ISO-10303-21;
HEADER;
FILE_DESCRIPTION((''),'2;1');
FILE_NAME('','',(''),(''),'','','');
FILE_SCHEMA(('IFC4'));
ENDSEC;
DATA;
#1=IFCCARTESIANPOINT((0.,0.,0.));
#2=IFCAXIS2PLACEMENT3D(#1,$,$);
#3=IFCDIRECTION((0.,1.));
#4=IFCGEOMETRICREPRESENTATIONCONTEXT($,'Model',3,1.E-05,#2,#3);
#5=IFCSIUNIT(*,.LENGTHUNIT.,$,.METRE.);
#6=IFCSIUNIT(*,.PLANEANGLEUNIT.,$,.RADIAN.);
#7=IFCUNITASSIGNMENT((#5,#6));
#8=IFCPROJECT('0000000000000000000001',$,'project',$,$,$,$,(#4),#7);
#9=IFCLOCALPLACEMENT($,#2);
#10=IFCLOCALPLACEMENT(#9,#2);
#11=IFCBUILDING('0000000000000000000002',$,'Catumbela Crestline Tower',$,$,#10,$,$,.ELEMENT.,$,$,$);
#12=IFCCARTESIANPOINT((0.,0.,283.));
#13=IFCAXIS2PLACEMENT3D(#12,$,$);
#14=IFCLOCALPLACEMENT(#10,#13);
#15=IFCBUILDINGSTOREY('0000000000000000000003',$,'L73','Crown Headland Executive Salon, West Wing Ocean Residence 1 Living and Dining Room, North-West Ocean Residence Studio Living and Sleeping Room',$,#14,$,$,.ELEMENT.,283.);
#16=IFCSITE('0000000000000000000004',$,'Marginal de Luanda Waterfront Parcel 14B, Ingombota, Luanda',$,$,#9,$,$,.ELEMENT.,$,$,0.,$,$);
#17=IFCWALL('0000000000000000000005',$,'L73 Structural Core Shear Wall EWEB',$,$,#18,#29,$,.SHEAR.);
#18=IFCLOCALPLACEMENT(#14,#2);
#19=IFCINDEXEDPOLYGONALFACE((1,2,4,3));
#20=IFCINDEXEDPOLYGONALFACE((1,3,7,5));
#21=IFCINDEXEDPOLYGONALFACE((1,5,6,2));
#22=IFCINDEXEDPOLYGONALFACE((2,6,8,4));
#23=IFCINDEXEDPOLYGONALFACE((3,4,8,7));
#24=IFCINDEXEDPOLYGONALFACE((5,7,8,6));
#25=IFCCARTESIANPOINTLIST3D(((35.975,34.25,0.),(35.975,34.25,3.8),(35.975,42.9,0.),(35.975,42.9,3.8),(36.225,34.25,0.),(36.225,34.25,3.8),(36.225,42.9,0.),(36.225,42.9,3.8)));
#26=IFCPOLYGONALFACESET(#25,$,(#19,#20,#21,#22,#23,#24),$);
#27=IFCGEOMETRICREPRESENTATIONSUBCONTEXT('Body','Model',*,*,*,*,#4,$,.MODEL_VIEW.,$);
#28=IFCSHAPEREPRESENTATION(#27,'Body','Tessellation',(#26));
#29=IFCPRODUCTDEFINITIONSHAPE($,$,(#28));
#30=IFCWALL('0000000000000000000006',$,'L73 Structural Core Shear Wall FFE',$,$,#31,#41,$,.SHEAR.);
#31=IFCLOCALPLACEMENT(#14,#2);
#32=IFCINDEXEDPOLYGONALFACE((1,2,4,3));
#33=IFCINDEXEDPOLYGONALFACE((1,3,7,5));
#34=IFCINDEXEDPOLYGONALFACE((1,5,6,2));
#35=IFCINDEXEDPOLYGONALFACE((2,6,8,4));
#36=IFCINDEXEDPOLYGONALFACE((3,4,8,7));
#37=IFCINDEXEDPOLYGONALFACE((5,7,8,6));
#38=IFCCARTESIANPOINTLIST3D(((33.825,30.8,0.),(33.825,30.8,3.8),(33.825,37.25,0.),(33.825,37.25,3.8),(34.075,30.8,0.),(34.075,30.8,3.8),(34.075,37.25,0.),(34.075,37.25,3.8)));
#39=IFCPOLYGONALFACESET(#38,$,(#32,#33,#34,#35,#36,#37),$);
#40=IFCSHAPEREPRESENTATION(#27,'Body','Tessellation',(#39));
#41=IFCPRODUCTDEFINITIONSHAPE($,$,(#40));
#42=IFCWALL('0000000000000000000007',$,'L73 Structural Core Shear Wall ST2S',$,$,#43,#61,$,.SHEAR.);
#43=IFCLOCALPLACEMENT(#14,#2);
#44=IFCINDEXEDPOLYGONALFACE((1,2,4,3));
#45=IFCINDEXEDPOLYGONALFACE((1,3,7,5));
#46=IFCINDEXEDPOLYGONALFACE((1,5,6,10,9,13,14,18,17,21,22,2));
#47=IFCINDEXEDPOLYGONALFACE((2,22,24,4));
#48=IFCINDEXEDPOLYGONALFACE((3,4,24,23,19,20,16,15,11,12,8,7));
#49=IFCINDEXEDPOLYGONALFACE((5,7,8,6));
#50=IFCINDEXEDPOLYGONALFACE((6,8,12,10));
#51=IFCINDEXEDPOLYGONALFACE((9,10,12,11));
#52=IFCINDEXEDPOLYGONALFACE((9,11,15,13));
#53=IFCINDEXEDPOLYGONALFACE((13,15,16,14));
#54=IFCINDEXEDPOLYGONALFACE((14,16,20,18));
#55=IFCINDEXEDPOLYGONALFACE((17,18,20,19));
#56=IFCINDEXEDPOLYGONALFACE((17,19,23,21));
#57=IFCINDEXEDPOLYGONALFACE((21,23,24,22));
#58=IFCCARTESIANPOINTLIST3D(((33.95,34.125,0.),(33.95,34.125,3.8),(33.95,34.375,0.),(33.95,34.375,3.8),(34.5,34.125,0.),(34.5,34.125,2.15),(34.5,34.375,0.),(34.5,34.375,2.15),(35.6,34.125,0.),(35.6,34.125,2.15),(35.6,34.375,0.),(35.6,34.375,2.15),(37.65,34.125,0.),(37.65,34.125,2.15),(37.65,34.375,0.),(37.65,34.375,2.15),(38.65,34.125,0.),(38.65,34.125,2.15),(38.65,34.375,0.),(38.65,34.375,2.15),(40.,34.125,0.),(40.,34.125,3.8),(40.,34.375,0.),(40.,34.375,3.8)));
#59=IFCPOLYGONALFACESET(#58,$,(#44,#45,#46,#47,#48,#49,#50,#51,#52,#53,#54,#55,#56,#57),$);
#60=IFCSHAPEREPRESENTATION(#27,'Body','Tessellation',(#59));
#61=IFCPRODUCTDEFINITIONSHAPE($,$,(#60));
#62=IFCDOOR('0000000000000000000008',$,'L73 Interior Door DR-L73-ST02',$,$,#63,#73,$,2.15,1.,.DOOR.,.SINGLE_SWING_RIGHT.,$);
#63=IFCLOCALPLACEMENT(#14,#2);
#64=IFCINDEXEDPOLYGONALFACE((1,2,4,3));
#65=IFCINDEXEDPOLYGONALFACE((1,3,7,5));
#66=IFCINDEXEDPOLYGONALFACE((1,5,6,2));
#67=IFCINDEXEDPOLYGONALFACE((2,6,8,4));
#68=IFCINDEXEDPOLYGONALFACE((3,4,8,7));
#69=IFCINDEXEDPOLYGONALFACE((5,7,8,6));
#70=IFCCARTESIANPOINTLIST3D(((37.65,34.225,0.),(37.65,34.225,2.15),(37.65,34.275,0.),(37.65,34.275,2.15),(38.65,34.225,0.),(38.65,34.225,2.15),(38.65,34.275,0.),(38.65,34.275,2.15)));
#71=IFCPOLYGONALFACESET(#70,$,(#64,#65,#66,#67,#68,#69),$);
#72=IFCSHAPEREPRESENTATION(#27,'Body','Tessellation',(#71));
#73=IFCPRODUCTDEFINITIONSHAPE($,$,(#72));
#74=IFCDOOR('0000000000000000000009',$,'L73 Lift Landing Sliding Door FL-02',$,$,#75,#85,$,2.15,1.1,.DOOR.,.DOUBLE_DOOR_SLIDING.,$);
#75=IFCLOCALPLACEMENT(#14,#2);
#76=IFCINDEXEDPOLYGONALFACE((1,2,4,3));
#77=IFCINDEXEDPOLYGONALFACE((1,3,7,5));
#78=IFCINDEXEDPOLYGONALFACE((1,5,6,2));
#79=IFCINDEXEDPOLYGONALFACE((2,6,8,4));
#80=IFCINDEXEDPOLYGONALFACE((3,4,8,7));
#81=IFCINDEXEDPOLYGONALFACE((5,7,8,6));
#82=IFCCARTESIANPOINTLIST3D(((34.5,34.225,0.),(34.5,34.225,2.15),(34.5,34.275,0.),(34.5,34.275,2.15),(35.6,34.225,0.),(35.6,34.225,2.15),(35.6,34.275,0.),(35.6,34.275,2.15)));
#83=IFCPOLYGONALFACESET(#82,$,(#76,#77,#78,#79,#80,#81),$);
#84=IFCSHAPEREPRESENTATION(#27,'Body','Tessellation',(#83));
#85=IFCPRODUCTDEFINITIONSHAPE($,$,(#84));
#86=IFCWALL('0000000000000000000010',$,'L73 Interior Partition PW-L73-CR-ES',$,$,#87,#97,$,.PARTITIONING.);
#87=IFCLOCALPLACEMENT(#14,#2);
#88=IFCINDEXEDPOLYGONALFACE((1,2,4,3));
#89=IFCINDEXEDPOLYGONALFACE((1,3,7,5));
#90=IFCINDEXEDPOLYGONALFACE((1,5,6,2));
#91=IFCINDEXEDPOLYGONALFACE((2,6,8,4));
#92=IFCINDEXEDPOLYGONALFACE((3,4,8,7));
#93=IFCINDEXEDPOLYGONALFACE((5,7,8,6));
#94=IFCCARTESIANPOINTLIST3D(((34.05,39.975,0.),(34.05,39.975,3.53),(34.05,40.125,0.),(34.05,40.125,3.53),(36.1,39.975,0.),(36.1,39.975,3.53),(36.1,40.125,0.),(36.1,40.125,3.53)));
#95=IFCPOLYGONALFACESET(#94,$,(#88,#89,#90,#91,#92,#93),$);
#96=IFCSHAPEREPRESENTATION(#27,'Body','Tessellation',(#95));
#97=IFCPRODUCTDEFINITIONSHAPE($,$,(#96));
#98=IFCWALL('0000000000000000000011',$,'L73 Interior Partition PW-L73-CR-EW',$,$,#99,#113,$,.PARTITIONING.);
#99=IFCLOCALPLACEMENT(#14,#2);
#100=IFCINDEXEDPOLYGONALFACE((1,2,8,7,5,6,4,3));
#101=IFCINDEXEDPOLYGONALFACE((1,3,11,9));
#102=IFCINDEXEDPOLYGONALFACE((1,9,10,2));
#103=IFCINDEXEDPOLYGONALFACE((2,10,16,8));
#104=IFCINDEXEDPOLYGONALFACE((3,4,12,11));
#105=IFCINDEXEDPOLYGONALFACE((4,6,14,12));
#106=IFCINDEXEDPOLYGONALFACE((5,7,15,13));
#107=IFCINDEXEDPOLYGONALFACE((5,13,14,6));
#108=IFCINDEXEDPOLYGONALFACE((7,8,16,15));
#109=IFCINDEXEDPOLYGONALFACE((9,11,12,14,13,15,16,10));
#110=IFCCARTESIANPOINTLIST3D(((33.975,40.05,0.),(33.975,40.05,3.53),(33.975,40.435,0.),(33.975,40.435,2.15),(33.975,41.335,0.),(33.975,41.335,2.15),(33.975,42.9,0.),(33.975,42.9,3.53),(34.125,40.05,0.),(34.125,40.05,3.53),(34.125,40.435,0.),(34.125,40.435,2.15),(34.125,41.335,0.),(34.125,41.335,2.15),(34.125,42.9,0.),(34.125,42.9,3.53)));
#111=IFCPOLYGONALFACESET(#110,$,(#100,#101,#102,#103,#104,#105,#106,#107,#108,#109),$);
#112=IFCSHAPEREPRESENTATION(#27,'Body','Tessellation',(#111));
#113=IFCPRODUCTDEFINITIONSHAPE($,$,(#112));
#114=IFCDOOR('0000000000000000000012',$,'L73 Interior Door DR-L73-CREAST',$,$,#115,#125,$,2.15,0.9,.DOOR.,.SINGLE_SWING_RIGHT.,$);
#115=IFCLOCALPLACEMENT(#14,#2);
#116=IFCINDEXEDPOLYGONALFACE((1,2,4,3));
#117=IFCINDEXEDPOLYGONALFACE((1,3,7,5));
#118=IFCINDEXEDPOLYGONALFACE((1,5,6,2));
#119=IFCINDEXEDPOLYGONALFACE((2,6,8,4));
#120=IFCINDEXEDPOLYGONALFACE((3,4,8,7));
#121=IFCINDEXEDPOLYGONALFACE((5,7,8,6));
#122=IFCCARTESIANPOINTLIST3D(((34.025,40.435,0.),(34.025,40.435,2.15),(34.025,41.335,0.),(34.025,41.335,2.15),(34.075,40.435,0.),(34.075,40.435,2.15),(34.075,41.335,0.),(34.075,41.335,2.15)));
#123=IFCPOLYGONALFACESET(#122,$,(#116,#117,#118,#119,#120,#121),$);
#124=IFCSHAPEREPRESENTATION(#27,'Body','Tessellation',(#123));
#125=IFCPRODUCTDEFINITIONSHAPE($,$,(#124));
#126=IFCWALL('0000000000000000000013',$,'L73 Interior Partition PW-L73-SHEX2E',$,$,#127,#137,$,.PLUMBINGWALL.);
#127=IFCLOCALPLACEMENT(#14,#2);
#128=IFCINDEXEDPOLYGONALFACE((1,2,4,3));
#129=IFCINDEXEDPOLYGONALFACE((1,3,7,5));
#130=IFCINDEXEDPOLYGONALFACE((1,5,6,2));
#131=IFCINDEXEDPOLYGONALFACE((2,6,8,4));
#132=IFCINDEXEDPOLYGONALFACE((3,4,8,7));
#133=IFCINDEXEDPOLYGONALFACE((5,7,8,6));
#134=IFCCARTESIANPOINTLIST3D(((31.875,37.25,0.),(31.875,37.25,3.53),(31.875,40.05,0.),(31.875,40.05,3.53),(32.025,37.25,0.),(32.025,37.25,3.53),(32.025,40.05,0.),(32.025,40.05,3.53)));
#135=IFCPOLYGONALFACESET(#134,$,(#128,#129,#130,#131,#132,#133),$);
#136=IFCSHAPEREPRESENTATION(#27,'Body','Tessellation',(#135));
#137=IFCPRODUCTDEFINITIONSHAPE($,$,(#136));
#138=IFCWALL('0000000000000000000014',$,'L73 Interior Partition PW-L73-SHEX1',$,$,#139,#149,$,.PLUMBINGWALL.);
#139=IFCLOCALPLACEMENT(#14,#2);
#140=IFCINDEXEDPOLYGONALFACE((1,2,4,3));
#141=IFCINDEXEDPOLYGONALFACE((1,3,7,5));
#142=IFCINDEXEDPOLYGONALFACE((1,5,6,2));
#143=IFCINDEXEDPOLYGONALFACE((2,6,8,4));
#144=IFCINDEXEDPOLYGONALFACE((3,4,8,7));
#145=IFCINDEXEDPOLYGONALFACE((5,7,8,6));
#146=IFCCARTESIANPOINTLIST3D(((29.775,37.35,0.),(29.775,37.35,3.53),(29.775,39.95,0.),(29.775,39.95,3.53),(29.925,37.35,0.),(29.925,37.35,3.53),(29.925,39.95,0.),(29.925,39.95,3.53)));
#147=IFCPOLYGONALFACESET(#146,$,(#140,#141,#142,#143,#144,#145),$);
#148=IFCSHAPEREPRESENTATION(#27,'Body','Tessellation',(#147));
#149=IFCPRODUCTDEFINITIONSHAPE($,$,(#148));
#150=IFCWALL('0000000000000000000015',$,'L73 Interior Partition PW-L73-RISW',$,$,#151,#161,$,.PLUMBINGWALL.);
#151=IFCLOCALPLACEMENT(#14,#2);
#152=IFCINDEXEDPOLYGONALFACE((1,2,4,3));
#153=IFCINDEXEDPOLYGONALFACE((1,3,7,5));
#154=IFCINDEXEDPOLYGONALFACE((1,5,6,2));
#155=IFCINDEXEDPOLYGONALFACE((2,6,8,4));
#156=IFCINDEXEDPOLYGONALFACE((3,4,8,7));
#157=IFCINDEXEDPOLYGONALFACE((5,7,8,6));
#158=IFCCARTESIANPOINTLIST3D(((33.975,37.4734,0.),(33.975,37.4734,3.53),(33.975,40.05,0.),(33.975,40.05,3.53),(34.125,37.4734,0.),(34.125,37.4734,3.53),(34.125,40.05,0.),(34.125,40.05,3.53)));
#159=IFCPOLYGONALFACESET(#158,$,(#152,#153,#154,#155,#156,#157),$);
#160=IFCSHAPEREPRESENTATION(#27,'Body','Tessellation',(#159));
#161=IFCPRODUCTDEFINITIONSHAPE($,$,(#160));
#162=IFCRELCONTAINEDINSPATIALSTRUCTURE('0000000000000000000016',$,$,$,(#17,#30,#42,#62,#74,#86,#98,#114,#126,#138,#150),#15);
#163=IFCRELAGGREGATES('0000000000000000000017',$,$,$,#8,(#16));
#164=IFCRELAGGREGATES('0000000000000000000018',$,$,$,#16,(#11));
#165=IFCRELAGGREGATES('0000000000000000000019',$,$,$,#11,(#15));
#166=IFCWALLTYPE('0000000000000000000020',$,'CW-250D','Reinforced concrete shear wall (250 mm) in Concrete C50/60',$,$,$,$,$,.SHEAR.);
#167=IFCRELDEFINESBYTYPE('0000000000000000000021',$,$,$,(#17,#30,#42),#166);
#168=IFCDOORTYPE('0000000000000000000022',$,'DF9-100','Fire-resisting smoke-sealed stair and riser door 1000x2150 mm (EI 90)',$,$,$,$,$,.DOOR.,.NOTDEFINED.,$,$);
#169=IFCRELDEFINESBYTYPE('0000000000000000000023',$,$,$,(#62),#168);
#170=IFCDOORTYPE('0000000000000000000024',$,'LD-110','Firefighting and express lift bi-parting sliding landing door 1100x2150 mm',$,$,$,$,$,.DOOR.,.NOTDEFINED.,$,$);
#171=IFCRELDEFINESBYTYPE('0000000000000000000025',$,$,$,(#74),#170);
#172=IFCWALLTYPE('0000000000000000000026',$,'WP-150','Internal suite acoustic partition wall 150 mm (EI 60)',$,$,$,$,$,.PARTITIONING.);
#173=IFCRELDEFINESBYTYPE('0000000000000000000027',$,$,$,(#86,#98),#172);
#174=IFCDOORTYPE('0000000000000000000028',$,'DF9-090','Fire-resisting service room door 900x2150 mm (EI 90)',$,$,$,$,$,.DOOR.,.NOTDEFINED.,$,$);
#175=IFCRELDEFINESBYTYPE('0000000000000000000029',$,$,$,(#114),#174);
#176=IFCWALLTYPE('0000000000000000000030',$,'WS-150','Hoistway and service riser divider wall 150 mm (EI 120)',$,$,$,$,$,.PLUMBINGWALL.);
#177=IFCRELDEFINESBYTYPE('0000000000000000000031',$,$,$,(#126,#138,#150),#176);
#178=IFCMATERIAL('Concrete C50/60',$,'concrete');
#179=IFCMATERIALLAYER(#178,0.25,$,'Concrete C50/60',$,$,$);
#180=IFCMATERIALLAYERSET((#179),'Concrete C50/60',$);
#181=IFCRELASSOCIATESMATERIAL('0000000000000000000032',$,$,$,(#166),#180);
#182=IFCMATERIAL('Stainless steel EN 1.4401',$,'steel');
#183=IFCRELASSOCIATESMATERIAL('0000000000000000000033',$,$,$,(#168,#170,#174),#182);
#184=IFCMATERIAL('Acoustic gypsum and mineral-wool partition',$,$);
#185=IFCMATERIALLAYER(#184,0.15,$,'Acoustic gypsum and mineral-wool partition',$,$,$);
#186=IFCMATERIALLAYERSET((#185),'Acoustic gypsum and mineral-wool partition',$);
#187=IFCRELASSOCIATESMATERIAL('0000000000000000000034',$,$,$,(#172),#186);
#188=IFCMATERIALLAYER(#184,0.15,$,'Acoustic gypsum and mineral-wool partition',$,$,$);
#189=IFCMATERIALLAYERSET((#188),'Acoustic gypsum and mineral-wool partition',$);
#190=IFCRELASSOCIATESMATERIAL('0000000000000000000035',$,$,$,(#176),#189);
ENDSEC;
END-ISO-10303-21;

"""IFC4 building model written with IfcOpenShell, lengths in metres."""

from ifc_helpers import new_model, si_unit, direction, frame, frame_2d, origin, place, context, subcontext, project, spatial, rectangle, extrude, material, layer, layer_set, type_object, element, fill, save


model = new_model("IFC4")

# Units and contexts
model_context = context("Model", 3, precision=1e-05, world=origin(), true_north=direction((0.0, 1.0)))
body_context = subcontext(model_context, "Body", "Model", "MODEL_VIEW")
ifc_project = project(units=[si_unit("LENGTHUNIT", "METRE"), si_unit("PLANEANGLEUNIT", "RADIAN")], contexts=[model_context])

# Site, building, storey
site_placement = place(None, origin())
site = spatial("IfcSite", under=ifc_project, at=site_placement, Name="Marginal de Luanda Waterfront Parcel 14B, Ingombota, Luanda", CompositionType="ELEMENT", RefElevation=0.0)
building_placement = place(site_placement, origin())
building = spatial("IfcBuilding", under=site, at=building_placement, Name="Catumbela Crestline Tower", CompositionType="ELEMENT")
storey_placement = place(building_placement, frame((0.0, 0.0, 283.0)))
storey = spatial("IfcBuildingStorey", under=building, at=storey_placement, Name="L73", Description="Crown Headland Executive Salon, West Wing Ocean Residence 1 Living and Dining Room, North-West Ocean Residence Studio Living and Sleeping Room", CompositionType="ELEMENT", Elevation=283.0)

# Walls
ifc_material_1 = material(Name="Concrete C50/60", Category="concrete")
ifc_layer_1 = layer(ifc_material_1, 0.25, Name="Concrete C50/60")
ifc_layer_set_1 = layer_set([ifc_layer_1], Name="Concrete C50/60")
wall_type_1 = type_object("IfcWallType", Name="CW-250D", Description="Reinforced concrete shear wall (250 mm) in Concrete C50/60", PredefinedType="SHEAR", material=ifc_layer_set_1)
wall_1_placement = place(storey_placement, frame((36.1, 34.25, 0.0), z_axis=(0.0, 0.0, 1.0), x_axis=(0.0, 1.0, 0.0)))
element("IfcWall", 1, at=wall_1_placement, inside=storey, type_object=wall_type_1, Name="L73 Structural Core Shear Wall EWEB", PredefinedType="SHEAR", context=body_context, shape_type="SweptSolid", body=[
    extrude(rectangle(XDim=8.65, YDim=0.25, at=frame_2d((4.325, 0.0))), origin(), (0.0, 0.0, 1.0), 3.8),
])
wall_2_placement = place(storey_placement, frame((33.95, 30.8, 0.0), z_axis=(0.0, 0.0, 1.0), x_axis=(0.0, 1.0, 0.0)))
element("IfcWall", 2, at=wall_2_placement, inside=storey, type_object=wall_type_1, Name="L73 Structural Core Shear Wall FFE", PredefinedType="SHEAR", context=body_context, shape_type="SweptSolid", body=[
    extrude(rectangle(XDim=6.45, YDim=0.25, at=frame_2d((3.225, 0.0))), origin(), (0.0, 0.0, 1.0), 3.8),
])

# Wall, openings, doors
wall_3_placement = place(storey_placement, frame((33.95, 34.25, 0.0), z_axis=(0.0, 0.0, 1.0), x_axis=(1.0, 0.0, 0.0)))
wall_3 = element("IfcWall", 3, at=wall_3_placement, inside=storey, type_object=wall_type_1, Name="L73 Structural Core Shear Wall ST2S", PredefinedType="SHEAR", context=body_context, shape_type="SweptSolid", body=[
    extrude(rectangle(XDim=6.05, YDim=0.25, at=frame_2d((3.025, 0.0))), origin(), (0.0, 0.0, 1.0), 3.8),
])
opening_1_placement = place(wall_3_placement, frame((3.7, 0.0, 0.0)))
opening_1 = element("IfcOpeningElement", 4, at=opening_1_placement, cuts=wall_3, PredefinedType="OPENING", context=body_context, shape_type="SweptSolid", body=[
    extrude(rectangle(XDim=1.0, YDim=2.15, at=frame_2d((0.5, 1.075))), frame((0.0, 0.135, 0.0), z_axis=(0.0, -1.0, 0.0), x_axis=(1.0, 0.0, 0.0)), (0.0, 0.0, 1.0), 0.27),
])
opening_2_placement = place(wall_3_placement, frame((0.55, 0.0, 0.0)))
opening_2 = element("IfcOpeningElement", 5, at=opening_2_placement, cuts=wall_3, PredefinedType="OPENING", context=body_context, shape_type="SweptSolid", body=[
    extrude(rectangle(XDim=1.1, YDim=2.15, at=frame_2d((0.55, 1.075))), frame((0.0, 0.135, 0.0), z_axis=(0.0, -1.0, 0.0), x_axis=(1.0, 0.0, 0.0)), (0.0, 0.0, 1.0), 0.27),
])
ifc_material_2 = material(Name="Stainless steel EN 1.4401", Category="steel")
door_type_1 = type_object("IfcDoorType", Name="DF9-100", Description="Fire-resisting smoke-sealed stair and riser door 1000x2150 mm (EI 90)", OperationType="NOTDEFINED", PredefinedType="DOOR", material=ifc_material_2)
door_1_placement = place(opening_1_placement, origin())
door_1 = element("IfcDoor", 6, at=door_1_placement, inside=storey, type_object=door_type_1, Name="L73 Interior Door DR-L73-ST02", OperationType="SINGLE_SWING_RIGHT", OverallHeight=2.15, OverallWidth=1.0, PredefinedType="DOOR", context=body_context, shape_type="SweptSolid", body=[
    extrude(rectangle(XDim=1.0, YDim=2.15, at=frame_2d((0.5, 1.075))), frame((0.0, 0.025, 0.0), z_axis=(0.0, -1.0, 0.0), x_axis=(1.0, 0.0, 0.0)), (0.0, 0.0, 1.0), 0.05),
])
fill(opening_1, door_1)
door_type_2 = type_object("IfcDoorType", Name="LD-110", Description="Firefighting and express lift bi-parting sliding landing door 1100x2150 mm", OperationType="NOTDEFINED", PredefinedType="DOOR", material=ifc_material_2)
door_2_placement = place(opening_2_placement, origin())
door_2 = element("IfcDoor", 7, at=door_2_placement, inside=storey, type_object=door_type_2, Name="L73 Lift Landing Sliding Door FL-02", OperationType="DOUBLE_DOOR_SLIDING", OverallHeight=2.15, OverallWidth=1.1, PredefinedType="DOOR", context=body_context, shape_type="SweptSolid", body=[
    extrude(rectangle(XDim=1.1, YDim=2.15, at=frame_2d((0.55, 1.075))), frame((0.0, 0.025, 0.0), z_axis=(0.0, -1.0, 0.0), x_axis=(1.0, 0.0, 0.0)), (0.0, 0.0, 1.0), 0.05),
])
fill(opening_2, door_2)

# Wall
ifc_material_3 = material(Name="Acoustic gypsum and mineral-wool partition")
ifc_layer_2 = layer(ifc_material_3, 0.15, Name="Acoustic gypsum and mineral-wool partition")
ifc_layer_set_2 = layer_set([ifc_layer_2], Name="Acoustic gypsum and mineral-wool partition")
wall_type_2 = type_object("IfcWallType", Name="WP-150", Description="Internal suite acoustic partition wall 150 mm (EI 60)", PredefinedType="PARTITIONING", material=ifc_layer_set_2)
wall_4_placement = place(storey_placement, frame((34.05, 40.05, 0.0), z_axis=(0.0, 0.0, 1.0), x_axis=(1.0, 0.0, 0.0)))
element("IfcWall", 8, at=wall_4_placement, inside=storey, type_object=wall_type_2, Name="L73 Interior Partition PW-L73-CR-ES", PredefinedType="PARTITIONING", context=body_context, shape_type="SweptSolid", body=[
    extrude(rectangle(XDim=2.05, YDim=0.15, at=frame_2d((1.025, 0.0))), origin(), (0.0, 0.0, 1.0), 3.53),
])

# Wall, opening, door
wall_5_placement = place(storey_placement, frame((34.05, 40.05, 0.0), z_axis=(0.0, 0.0, 1.0), x_axis=(0.0, 1.0, 0.0)))
wall_5 = element("IfcWall", 9, at=wall_5_placement, inside=storey, type_object=wall_type_2, Name="L73 Interior Partition PW-L73-CR-EW", PredefinedType="PARTITIONING", context=body_context, shape_type="SweptSolid", body=[
    extrude(rectangle(XDim=2.85, YDim=0.15, at=frame_2d((1.425, 0.0))), origin(), (0.0, 0.0, 1.0), 3.53),
])
opening_3_placement = place(wall_5_placement, frame((0.385, 0.0, 0.0)))
opening_3 = element("IfcOpeningElement", 10, at=opening_3_placement, cuts=wall_5, PredefinedType="OPENING", context=body_context, shape_type="SweptSolid", body=[
    extrude(rectangle(XDim=0.9, YDim=2.15, at=frame_2d((0.45, 1.075))), frame((0.0, 0.085, 0.0), z_axis=(0.0, -1.0, 0.0), x_axis=(1.0, 0.0, 0.0)), (0.0, 0.0, 1.0), 0.17),
])
door_type_3 = type_object("IfcDoorType", Name="DF9-090", Description="Fire-resisting service room door 900x2150 mm (EI 90)", OperationType="NOTDEFINED", PredefinedType="DOOR", material=ifc_material_2)
door_3_placement = place(opening_3_placement, origin())
door_3 = element("IfcDoor", 11, at=door_3_placement, inside=storey, type_object=door_type_3, Name="L73 Interior Door DR-L73-CREAST", OperationType="SINGLE_SWING_RIGHT", OverallHeight=2.15, OverallWidth=0.9, PredefinedType="DOOR", context=body_context, shape_type="SweptSolid", body=[
    extrude(rectangle(XDim=0.9, YDim=2.15, at=frame_2d((0.45, 1.075))), frame((0.0, 0.025, 0.0), z_axis=(0.0, -1.0, 0.0), x_axis=(1.0, 0.0, 0.0)), (0.0, 0.0, 1.0), 0.05),
])
fill(opening_3, door_3)

# Walls
ifc_layer_3 = layer(ifc_material_3, 0.15, Name="Acoustic gypsum and mineral-wool partition")
ifc_layer_set_3 = layer_set([ifc_layer_3], Name="Acoustic gypsum and mineral-wool partition")
wall_type_3 = type_object("IfcWallType", Name="WS-150", Description="Hoistway and service riser divider wall 150 mm (EI 120)", PredefinedType="PLUMBINGWALL", material=ifc_layer_set_3)
wall_6_placement = place(storey_placement, frame((31.95, 37.25, 0.0), z_axis=(0.0, 0.0, 1.0), x_axis=(0.0, 1.0, 0.0)))
element("IfcWall", 12, at=wall_6_placement, inside=storey, type_object=wall_type_3, Name="L73 Interior Partition PW-L73-SHEX2E", PredefinedType="PLUMBINGWALL", context=body_context, shape_type="SweptSolid", body=[
    extrude(rectangle(XDim=2.8, YDim=0.15, at=frame_2d((1.4, 0.0))), origin(), (0.0, 0.0, 1.0), 3.53),
])
wall_7_placement = place(storey_placement, frame((29.85, 37.35, 0.0), z_axis=(0.0, 0.0, 1.0), x_axis=(0.0, 1.0, 0.0)))
element("IfcWall", 13, at=wall_7_placement, inside=storey, type_object=wall_type_3, Name="L73 Interior Partition PW-L73-SHEX1", PredefinedType="PLUMBINGWALL", context=body_context, shape_type="SweptSolid", body=[
    extrude(rectangle(XDim=2.6, YDim=0.15, at=frame_2d((1.3, 0.0))), origin(), (0.0, 0.0, 1.0), 3.53),
])
wall_8_placement = place(storey_placement, frame((34.05, 37.4734, 0.0), z_axis=(0.0, 0.0, 1.0), x_axis=(0.0, 1.0, 0.0)))
element("IfcWall", 14, at=wall_8_placement, inside=storey, type_object=wall_type_3, Name="L73 Interior Partition PW-L73-RISW", PredefinedType="PLUMBINGWALL", context=body_context, shape_type="SweptSolid", body=[
    extrude(rectangle(XDim=2.5766, YDim=0.15, at=frame_2d((1.2883, 0.0))), origin(), (0.0, 0.0, 1.0), 3.53),
])

save(model, "model.ifc")
